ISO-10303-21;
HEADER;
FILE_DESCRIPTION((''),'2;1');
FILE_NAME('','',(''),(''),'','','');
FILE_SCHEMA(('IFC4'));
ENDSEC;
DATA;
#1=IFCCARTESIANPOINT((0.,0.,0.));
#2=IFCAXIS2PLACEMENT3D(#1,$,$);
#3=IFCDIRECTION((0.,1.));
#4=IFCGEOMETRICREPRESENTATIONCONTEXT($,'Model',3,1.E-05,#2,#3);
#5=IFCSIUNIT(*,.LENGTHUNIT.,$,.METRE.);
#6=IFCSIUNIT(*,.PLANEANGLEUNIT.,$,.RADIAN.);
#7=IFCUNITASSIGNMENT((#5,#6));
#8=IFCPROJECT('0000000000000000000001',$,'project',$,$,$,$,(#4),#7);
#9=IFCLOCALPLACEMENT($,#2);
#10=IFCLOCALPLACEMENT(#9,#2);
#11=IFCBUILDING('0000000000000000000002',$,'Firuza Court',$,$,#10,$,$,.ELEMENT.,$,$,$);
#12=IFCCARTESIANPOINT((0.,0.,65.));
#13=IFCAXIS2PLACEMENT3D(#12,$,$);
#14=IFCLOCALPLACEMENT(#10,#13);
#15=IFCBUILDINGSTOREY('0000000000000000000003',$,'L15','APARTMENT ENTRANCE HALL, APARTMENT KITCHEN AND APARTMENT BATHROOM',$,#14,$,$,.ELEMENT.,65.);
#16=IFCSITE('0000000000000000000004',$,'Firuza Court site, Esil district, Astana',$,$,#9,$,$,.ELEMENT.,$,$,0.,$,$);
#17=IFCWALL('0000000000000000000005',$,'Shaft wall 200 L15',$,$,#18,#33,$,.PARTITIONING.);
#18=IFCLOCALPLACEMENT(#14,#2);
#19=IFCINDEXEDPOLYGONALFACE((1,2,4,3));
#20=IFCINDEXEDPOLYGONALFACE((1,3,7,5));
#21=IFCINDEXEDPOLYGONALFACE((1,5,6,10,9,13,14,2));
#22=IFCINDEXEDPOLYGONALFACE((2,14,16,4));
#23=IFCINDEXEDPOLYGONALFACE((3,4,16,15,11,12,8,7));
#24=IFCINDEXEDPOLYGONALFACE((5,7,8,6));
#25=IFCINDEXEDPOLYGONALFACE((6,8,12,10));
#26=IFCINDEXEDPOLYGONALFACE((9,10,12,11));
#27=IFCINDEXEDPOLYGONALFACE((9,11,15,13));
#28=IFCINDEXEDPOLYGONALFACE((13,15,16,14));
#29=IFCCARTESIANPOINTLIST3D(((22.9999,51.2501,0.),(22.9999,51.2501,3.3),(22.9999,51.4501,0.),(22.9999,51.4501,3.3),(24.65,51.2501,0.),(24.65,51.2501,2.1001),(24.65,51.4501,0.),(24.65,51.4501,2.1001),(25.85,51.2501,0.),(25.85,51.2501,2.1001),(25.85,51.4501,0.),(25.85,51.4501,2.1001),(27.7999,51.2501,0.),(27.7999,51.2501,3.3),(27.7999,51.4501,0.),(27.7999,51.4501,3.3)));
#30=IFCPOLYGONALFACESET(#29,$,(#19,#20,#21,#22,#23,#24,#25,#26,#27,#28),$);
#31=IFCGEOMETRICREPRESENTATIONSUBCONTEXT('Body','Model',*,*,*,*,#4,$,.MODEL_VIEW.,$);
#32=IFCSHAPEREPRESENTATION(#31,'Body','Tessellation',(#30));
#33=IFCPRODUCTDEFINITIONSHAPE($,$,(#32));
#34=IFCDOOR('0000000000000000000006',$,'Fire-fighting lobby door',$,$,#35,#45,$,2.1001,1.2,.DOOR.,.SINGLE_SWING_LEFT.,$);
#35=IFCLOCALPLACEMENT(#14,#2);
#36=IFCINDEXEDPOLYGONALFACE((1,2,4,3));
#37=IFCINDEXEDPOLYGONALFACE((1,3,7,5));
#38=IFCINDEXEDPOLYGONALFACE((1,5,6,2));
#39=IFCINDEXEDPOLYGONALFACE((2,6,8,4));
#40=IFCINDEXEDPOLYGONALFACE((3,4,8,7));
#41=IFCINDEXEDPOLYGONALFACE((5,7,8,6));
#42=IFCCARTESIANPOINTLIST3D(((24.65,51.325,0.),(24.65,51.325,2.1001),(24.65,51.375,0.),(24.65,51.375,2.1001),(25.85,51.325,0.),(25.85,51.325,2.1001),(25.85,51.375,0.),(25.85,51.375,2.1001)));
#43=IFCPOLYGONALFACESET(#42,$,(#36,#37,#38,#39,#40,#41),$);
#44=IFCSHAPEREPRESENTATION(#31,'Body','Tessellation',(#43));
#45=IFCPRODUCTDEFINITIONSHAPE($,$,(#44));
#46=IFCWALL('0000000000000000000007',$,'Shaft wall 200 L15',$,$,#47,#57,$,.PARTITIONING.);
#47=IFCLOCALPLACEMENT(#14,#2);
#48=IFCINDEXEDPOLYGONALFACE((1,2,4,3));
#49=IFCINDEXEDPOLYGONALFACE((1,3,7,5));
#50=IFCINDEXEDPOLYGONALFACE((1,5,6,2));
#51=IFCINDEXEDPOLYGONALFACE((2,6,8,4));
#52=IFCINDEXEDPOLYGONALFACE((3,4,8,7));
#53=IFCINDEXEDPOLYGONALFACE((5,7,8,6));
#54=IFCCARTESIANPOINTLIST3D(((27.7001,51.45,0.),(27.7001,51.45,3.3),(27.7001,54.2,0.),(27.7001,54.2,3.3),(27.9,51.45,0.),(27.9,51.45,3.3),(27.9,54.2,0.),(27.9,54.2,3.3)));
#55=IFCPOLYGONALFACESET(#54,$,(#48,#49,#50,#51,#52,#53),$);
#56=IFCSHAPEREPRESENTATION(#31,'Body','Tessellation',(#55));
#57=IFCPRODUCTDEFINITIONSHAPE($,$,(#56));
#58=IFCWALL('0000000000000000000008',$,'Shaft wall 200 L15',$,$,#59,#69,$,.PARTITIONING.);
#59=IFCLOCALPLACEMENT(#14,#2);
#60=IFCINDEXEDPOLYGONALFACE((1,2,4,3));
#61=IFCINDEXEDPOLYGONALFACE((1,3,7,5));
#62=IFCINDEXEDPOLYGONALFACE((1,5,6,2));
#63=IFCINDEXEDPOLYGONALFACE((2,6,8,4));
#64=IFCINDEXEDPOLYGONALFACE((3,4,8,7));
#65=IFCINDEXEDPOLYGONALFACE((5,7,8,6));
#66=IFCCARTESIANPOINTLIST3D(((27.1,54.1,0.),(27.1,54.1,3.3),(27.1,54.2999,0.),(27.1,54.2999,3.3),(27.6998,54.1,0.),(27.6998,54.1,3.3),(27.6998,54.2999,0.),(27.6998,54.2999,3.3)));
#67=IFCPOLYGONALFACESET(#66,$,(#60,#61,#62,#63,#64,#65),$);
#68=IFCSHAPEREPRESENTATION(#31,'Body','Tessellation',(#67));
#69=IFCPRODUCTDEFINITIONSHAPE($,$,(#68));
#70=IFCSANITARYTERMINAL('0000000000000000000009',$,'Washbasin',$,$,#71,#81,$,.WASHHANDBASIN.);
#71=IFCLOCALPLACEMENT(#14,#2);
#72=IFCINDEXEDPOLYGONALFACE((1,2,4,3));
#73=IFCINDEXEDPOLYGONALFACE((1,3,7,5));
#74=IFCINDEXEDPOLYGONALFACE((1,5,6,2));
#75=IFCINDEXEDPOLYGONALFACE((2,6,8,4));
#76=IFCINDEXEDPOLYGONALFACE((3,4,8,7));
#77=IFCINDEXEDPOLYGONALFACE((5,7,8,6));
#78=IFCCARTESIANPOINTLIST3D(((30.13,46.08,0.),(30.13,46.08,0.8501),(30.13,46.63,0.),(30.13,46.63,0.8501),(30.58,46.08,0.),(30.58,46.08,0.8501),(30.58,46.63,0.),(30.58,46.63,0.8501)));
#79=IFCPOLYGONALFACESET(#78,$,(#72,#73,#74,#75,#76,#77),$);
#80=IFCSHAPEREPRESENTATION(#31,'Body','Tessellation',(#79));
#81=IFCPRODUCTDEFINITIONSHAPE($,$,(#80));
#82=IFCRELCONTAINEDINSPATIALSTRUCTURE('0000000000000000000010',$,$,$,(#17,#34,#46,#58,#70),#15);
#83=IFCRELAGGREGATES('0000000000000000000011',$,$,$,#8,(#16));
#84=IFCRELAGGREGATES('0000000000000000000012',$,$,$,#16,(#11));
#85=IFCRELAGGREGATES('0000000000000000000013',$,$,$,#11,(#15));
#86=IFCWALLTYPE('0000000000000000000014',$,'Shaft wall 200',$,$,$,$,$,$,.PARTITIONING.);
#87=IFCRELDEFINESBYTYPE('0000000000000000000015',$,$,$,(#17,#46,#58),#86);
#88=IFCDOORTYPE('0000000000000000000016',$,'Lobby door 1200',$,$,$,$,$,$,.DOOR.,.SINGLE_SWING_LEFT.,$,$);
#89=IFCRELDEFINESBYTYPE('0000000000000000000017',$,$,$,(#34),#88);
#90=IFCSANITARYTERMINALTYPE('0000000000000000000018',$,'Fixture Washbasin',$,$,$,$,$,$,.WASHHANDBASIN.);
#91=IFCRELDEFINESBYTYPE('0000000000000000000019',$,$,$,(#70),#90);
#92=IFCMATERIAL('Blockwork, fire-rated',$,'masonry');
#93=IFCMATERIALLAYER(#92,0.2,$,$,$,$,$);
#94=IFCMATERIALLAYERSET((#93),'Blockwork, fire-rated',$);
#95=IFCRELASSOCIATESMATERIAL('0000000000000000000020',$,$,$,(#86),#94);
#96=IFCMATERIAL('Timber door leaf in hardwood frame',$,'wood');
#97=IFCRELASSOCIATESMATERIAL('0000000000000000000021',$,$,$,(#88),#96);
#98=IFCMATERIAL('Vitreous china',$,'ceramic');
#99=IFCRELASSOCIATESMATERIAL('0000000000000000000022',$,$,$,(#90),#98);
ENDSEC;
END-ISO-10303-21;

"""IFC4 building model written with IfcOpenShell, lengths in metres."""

from ifc_helpers import new_model, si_unit, direction, frame, frame_2d, origin, origin_2d, place, context, subcontext, project, spatial, rectangle, extrude, material, layer, layer_set, type_object, element, fill, save


model = new_model("IFC4")

# Units and contexts
model_context = context("Model", 3, precision=1e-05, world=origin(), true_north=direction((0.0, 1.0)))
body_context = subcontext(model_context, "Body", "Model", "MODEL_VIEW")
ifc_project = project(units=[si_unit("LENGTHUNIT", "METRE"), si_unit("PLANEANGLEUNIT", "RADIAN")], contexts=[model_context])

# Site, building, storey
site_placement = place(None, origin())
site = spatial("IfcSite", under=ifc_project, at=site_placement, Name="Firuza Court site, Esil district, Astana", CompositionType="ELEMENT", RefElevation=0.0)
building_placement = place(site_placement, origin())
building = spatial("IfcBuilding", under=site, at=building_placement, Name="Firuza Court", CompositionType="ELEMENT")
storey_placement = place(building_placement, frame((0.0, 0.0, 65.0)))
storey = spatial("IfcBuildingStorey", under=building, at=storey_placement, Name="L15", Description="APARTMENT ENTRANCE HALL, APARTMENT KITCHEN AND APARTMENT BATHROOM", CompositionType="ELEMENT", Elevation=65.0)

# Shared definitions
ifc_material_1 = material(Name="Blockwork, fire-rated", Category="masonry")

# Shared definitions
ifc_layer_1 = layer(ifc_material_1, 0.2)
ifc_layer_set_1 = layer_set([ifc_layer_1], Name="Blockwork, fire-rated")
wall_type_1 = type_object("IfcWallType", Name="Shaft wall 200", PredefinedType="PARTITIONING", material=ifc_layer_set_1)

# Wall, opening, door
wall_1_placement = place(storey_placement, frame((23.0, 51.3501, 0.0), z_axis=(0.0, 0.0, 1.0), x_axis=(1.0, 0.0, 0.0)))
wall_1 = element("IfcWall", 1, at=wall_1_placement, inside=storey, type_object=wall_type_1, Name="Shaft wall 200 L15", PredefinedType="PARTITIONING", context=body_context, shape_type="SweptSolid", body=[
    extrude(rectangle(XDim=4.8, YDim=0.2, at=frame_2d((2.3999, 0.0))), origin(), (0.0, 0.0, 1.0), 3.3),
])
opening_1_placement = place(wall_1_placement, frame((1.6499, 0.0, 0.0)))
opening_1 = element("IfcOpeningElement", 2, at=opening_1_placement, cuts=wall_1, PredefinedType="OPENING", context=body_context, shape_type="SweptSolid", body=[
    extrude(rectangle(XDim=1.2, YDim=2.1001, at=frame_2d((0.6001, 1.05))), frame((0.0, 0.1118, 0.0), z_axis=(0.0, -1.0, 0.0), x_axis=(1.0, 0.0, 0.0)), (0.0, 0.0, 1.0), 0.2239),
])
ifc_material_2 = material(Name="Timber door leaf in hardwood frame", Category="wood")
door_type_1 = type_object("IfcDoorType", Name="Lobby door 1200", OperationType="SINGLE_SWING_LEFT", PredefinedType="DOOR", material=ifc_material_2)
door_1_placement = place(opening_1_placement, origin())
door_1 = element("IfcDoor", 3, at=door_1_placement, inside=storey, type_object=door_type_1, Name="Fire-fighting lobby door", OperationType="SINGLE_SWING_LEFT", OverallHeight=2.1001, OverallWidth=1.2, PredefinedType="DOOR", context=body_context, shape_type="SweptSolid", body=[
    extrude(rectangle(XDim=1.2, YDim=2.1001, at=frame_2d((0.6001, 1.05))), frame((0.0, 0.0249, 0.0), z_axis=(0.0, -1.0, 0.0), x_axis=(1.0, 0.0, 0.0)), (0.0, 0.0, 1.0), 0.05),
])
fill(opening_1, door_1)

# Walls
wall_2_placement = place(storey_placement, frame((27.8, 51.45, 0.0), z_axis=(0.0, 0.0, 1.0), x_axis=(0.0, 1.0, 0.0)))
element("IfcWall", 4, at=wall_2_placement, inside=storey, type_object=wall_type_1, Name="Shaft wall 200 L15", PredefinedType="PARTITIONING", context=body_context, shape_type="SweptSolid", body=[
    extrude(rectangle(XDim=2.75, YDim=0.2, at=frame_2d((1.375, 0.0))), origin(), (0.0, 0.0, 1.0), 3.3),
])
wall_3_placement = place(storey_placement, frame((27.1001, 54.2, 0.0), z_axis=(0.0, 0.0, 1.0), x_axis=(1.0, 0.0, 0.0)))
element("IfcWall", 5, at=wall_3_placement, inside=storey, type_object=wall_type_1, Name="Shaft wall 200 L15", PredefinedType="PARTITIONING", context=body_context, shape_type="SweptSolid", body=[
    extrude(rectangle(XDim=0.5999, YDim=0.2, at=frame_2d((0.2998, 0.0))), origin(), (0.0, 0.0, 1.0), 3.3),
])

# Sanitary terminal
ifc_material_3 = material(Name="Vitreous china", Category="ceramic")
sanitary_terminal_type = type_object("IfcSanitaryTerminalType", Name="Fixture Washbasin", PredefinedType="WASHHANDBASIN", material=ifc_material_3)
sanitary_terminal_placement = place(storey_placement, frame((30.355, 46.355, 0.0), z_axis=(0.0, 0.0, 1.0), x_axis=(1.0, 0.0, 0.0)))
element("IfcSanitaryTerminal", 6, at=sanitary_terminal_placement, inside=storey, type_object=sanitary_terminal_type, Name="Washbasin", PredefinedType="WASHHANDBASIN", context=body_context, shape_type="SweptSolid", body=[
    extrude(rectangle(XDim=0.45, YDim=0.55, at=origin_2d()), origin(), (0.0, 0.0, 1.0), 0.8501),
])

save(model, "model.ifc")
